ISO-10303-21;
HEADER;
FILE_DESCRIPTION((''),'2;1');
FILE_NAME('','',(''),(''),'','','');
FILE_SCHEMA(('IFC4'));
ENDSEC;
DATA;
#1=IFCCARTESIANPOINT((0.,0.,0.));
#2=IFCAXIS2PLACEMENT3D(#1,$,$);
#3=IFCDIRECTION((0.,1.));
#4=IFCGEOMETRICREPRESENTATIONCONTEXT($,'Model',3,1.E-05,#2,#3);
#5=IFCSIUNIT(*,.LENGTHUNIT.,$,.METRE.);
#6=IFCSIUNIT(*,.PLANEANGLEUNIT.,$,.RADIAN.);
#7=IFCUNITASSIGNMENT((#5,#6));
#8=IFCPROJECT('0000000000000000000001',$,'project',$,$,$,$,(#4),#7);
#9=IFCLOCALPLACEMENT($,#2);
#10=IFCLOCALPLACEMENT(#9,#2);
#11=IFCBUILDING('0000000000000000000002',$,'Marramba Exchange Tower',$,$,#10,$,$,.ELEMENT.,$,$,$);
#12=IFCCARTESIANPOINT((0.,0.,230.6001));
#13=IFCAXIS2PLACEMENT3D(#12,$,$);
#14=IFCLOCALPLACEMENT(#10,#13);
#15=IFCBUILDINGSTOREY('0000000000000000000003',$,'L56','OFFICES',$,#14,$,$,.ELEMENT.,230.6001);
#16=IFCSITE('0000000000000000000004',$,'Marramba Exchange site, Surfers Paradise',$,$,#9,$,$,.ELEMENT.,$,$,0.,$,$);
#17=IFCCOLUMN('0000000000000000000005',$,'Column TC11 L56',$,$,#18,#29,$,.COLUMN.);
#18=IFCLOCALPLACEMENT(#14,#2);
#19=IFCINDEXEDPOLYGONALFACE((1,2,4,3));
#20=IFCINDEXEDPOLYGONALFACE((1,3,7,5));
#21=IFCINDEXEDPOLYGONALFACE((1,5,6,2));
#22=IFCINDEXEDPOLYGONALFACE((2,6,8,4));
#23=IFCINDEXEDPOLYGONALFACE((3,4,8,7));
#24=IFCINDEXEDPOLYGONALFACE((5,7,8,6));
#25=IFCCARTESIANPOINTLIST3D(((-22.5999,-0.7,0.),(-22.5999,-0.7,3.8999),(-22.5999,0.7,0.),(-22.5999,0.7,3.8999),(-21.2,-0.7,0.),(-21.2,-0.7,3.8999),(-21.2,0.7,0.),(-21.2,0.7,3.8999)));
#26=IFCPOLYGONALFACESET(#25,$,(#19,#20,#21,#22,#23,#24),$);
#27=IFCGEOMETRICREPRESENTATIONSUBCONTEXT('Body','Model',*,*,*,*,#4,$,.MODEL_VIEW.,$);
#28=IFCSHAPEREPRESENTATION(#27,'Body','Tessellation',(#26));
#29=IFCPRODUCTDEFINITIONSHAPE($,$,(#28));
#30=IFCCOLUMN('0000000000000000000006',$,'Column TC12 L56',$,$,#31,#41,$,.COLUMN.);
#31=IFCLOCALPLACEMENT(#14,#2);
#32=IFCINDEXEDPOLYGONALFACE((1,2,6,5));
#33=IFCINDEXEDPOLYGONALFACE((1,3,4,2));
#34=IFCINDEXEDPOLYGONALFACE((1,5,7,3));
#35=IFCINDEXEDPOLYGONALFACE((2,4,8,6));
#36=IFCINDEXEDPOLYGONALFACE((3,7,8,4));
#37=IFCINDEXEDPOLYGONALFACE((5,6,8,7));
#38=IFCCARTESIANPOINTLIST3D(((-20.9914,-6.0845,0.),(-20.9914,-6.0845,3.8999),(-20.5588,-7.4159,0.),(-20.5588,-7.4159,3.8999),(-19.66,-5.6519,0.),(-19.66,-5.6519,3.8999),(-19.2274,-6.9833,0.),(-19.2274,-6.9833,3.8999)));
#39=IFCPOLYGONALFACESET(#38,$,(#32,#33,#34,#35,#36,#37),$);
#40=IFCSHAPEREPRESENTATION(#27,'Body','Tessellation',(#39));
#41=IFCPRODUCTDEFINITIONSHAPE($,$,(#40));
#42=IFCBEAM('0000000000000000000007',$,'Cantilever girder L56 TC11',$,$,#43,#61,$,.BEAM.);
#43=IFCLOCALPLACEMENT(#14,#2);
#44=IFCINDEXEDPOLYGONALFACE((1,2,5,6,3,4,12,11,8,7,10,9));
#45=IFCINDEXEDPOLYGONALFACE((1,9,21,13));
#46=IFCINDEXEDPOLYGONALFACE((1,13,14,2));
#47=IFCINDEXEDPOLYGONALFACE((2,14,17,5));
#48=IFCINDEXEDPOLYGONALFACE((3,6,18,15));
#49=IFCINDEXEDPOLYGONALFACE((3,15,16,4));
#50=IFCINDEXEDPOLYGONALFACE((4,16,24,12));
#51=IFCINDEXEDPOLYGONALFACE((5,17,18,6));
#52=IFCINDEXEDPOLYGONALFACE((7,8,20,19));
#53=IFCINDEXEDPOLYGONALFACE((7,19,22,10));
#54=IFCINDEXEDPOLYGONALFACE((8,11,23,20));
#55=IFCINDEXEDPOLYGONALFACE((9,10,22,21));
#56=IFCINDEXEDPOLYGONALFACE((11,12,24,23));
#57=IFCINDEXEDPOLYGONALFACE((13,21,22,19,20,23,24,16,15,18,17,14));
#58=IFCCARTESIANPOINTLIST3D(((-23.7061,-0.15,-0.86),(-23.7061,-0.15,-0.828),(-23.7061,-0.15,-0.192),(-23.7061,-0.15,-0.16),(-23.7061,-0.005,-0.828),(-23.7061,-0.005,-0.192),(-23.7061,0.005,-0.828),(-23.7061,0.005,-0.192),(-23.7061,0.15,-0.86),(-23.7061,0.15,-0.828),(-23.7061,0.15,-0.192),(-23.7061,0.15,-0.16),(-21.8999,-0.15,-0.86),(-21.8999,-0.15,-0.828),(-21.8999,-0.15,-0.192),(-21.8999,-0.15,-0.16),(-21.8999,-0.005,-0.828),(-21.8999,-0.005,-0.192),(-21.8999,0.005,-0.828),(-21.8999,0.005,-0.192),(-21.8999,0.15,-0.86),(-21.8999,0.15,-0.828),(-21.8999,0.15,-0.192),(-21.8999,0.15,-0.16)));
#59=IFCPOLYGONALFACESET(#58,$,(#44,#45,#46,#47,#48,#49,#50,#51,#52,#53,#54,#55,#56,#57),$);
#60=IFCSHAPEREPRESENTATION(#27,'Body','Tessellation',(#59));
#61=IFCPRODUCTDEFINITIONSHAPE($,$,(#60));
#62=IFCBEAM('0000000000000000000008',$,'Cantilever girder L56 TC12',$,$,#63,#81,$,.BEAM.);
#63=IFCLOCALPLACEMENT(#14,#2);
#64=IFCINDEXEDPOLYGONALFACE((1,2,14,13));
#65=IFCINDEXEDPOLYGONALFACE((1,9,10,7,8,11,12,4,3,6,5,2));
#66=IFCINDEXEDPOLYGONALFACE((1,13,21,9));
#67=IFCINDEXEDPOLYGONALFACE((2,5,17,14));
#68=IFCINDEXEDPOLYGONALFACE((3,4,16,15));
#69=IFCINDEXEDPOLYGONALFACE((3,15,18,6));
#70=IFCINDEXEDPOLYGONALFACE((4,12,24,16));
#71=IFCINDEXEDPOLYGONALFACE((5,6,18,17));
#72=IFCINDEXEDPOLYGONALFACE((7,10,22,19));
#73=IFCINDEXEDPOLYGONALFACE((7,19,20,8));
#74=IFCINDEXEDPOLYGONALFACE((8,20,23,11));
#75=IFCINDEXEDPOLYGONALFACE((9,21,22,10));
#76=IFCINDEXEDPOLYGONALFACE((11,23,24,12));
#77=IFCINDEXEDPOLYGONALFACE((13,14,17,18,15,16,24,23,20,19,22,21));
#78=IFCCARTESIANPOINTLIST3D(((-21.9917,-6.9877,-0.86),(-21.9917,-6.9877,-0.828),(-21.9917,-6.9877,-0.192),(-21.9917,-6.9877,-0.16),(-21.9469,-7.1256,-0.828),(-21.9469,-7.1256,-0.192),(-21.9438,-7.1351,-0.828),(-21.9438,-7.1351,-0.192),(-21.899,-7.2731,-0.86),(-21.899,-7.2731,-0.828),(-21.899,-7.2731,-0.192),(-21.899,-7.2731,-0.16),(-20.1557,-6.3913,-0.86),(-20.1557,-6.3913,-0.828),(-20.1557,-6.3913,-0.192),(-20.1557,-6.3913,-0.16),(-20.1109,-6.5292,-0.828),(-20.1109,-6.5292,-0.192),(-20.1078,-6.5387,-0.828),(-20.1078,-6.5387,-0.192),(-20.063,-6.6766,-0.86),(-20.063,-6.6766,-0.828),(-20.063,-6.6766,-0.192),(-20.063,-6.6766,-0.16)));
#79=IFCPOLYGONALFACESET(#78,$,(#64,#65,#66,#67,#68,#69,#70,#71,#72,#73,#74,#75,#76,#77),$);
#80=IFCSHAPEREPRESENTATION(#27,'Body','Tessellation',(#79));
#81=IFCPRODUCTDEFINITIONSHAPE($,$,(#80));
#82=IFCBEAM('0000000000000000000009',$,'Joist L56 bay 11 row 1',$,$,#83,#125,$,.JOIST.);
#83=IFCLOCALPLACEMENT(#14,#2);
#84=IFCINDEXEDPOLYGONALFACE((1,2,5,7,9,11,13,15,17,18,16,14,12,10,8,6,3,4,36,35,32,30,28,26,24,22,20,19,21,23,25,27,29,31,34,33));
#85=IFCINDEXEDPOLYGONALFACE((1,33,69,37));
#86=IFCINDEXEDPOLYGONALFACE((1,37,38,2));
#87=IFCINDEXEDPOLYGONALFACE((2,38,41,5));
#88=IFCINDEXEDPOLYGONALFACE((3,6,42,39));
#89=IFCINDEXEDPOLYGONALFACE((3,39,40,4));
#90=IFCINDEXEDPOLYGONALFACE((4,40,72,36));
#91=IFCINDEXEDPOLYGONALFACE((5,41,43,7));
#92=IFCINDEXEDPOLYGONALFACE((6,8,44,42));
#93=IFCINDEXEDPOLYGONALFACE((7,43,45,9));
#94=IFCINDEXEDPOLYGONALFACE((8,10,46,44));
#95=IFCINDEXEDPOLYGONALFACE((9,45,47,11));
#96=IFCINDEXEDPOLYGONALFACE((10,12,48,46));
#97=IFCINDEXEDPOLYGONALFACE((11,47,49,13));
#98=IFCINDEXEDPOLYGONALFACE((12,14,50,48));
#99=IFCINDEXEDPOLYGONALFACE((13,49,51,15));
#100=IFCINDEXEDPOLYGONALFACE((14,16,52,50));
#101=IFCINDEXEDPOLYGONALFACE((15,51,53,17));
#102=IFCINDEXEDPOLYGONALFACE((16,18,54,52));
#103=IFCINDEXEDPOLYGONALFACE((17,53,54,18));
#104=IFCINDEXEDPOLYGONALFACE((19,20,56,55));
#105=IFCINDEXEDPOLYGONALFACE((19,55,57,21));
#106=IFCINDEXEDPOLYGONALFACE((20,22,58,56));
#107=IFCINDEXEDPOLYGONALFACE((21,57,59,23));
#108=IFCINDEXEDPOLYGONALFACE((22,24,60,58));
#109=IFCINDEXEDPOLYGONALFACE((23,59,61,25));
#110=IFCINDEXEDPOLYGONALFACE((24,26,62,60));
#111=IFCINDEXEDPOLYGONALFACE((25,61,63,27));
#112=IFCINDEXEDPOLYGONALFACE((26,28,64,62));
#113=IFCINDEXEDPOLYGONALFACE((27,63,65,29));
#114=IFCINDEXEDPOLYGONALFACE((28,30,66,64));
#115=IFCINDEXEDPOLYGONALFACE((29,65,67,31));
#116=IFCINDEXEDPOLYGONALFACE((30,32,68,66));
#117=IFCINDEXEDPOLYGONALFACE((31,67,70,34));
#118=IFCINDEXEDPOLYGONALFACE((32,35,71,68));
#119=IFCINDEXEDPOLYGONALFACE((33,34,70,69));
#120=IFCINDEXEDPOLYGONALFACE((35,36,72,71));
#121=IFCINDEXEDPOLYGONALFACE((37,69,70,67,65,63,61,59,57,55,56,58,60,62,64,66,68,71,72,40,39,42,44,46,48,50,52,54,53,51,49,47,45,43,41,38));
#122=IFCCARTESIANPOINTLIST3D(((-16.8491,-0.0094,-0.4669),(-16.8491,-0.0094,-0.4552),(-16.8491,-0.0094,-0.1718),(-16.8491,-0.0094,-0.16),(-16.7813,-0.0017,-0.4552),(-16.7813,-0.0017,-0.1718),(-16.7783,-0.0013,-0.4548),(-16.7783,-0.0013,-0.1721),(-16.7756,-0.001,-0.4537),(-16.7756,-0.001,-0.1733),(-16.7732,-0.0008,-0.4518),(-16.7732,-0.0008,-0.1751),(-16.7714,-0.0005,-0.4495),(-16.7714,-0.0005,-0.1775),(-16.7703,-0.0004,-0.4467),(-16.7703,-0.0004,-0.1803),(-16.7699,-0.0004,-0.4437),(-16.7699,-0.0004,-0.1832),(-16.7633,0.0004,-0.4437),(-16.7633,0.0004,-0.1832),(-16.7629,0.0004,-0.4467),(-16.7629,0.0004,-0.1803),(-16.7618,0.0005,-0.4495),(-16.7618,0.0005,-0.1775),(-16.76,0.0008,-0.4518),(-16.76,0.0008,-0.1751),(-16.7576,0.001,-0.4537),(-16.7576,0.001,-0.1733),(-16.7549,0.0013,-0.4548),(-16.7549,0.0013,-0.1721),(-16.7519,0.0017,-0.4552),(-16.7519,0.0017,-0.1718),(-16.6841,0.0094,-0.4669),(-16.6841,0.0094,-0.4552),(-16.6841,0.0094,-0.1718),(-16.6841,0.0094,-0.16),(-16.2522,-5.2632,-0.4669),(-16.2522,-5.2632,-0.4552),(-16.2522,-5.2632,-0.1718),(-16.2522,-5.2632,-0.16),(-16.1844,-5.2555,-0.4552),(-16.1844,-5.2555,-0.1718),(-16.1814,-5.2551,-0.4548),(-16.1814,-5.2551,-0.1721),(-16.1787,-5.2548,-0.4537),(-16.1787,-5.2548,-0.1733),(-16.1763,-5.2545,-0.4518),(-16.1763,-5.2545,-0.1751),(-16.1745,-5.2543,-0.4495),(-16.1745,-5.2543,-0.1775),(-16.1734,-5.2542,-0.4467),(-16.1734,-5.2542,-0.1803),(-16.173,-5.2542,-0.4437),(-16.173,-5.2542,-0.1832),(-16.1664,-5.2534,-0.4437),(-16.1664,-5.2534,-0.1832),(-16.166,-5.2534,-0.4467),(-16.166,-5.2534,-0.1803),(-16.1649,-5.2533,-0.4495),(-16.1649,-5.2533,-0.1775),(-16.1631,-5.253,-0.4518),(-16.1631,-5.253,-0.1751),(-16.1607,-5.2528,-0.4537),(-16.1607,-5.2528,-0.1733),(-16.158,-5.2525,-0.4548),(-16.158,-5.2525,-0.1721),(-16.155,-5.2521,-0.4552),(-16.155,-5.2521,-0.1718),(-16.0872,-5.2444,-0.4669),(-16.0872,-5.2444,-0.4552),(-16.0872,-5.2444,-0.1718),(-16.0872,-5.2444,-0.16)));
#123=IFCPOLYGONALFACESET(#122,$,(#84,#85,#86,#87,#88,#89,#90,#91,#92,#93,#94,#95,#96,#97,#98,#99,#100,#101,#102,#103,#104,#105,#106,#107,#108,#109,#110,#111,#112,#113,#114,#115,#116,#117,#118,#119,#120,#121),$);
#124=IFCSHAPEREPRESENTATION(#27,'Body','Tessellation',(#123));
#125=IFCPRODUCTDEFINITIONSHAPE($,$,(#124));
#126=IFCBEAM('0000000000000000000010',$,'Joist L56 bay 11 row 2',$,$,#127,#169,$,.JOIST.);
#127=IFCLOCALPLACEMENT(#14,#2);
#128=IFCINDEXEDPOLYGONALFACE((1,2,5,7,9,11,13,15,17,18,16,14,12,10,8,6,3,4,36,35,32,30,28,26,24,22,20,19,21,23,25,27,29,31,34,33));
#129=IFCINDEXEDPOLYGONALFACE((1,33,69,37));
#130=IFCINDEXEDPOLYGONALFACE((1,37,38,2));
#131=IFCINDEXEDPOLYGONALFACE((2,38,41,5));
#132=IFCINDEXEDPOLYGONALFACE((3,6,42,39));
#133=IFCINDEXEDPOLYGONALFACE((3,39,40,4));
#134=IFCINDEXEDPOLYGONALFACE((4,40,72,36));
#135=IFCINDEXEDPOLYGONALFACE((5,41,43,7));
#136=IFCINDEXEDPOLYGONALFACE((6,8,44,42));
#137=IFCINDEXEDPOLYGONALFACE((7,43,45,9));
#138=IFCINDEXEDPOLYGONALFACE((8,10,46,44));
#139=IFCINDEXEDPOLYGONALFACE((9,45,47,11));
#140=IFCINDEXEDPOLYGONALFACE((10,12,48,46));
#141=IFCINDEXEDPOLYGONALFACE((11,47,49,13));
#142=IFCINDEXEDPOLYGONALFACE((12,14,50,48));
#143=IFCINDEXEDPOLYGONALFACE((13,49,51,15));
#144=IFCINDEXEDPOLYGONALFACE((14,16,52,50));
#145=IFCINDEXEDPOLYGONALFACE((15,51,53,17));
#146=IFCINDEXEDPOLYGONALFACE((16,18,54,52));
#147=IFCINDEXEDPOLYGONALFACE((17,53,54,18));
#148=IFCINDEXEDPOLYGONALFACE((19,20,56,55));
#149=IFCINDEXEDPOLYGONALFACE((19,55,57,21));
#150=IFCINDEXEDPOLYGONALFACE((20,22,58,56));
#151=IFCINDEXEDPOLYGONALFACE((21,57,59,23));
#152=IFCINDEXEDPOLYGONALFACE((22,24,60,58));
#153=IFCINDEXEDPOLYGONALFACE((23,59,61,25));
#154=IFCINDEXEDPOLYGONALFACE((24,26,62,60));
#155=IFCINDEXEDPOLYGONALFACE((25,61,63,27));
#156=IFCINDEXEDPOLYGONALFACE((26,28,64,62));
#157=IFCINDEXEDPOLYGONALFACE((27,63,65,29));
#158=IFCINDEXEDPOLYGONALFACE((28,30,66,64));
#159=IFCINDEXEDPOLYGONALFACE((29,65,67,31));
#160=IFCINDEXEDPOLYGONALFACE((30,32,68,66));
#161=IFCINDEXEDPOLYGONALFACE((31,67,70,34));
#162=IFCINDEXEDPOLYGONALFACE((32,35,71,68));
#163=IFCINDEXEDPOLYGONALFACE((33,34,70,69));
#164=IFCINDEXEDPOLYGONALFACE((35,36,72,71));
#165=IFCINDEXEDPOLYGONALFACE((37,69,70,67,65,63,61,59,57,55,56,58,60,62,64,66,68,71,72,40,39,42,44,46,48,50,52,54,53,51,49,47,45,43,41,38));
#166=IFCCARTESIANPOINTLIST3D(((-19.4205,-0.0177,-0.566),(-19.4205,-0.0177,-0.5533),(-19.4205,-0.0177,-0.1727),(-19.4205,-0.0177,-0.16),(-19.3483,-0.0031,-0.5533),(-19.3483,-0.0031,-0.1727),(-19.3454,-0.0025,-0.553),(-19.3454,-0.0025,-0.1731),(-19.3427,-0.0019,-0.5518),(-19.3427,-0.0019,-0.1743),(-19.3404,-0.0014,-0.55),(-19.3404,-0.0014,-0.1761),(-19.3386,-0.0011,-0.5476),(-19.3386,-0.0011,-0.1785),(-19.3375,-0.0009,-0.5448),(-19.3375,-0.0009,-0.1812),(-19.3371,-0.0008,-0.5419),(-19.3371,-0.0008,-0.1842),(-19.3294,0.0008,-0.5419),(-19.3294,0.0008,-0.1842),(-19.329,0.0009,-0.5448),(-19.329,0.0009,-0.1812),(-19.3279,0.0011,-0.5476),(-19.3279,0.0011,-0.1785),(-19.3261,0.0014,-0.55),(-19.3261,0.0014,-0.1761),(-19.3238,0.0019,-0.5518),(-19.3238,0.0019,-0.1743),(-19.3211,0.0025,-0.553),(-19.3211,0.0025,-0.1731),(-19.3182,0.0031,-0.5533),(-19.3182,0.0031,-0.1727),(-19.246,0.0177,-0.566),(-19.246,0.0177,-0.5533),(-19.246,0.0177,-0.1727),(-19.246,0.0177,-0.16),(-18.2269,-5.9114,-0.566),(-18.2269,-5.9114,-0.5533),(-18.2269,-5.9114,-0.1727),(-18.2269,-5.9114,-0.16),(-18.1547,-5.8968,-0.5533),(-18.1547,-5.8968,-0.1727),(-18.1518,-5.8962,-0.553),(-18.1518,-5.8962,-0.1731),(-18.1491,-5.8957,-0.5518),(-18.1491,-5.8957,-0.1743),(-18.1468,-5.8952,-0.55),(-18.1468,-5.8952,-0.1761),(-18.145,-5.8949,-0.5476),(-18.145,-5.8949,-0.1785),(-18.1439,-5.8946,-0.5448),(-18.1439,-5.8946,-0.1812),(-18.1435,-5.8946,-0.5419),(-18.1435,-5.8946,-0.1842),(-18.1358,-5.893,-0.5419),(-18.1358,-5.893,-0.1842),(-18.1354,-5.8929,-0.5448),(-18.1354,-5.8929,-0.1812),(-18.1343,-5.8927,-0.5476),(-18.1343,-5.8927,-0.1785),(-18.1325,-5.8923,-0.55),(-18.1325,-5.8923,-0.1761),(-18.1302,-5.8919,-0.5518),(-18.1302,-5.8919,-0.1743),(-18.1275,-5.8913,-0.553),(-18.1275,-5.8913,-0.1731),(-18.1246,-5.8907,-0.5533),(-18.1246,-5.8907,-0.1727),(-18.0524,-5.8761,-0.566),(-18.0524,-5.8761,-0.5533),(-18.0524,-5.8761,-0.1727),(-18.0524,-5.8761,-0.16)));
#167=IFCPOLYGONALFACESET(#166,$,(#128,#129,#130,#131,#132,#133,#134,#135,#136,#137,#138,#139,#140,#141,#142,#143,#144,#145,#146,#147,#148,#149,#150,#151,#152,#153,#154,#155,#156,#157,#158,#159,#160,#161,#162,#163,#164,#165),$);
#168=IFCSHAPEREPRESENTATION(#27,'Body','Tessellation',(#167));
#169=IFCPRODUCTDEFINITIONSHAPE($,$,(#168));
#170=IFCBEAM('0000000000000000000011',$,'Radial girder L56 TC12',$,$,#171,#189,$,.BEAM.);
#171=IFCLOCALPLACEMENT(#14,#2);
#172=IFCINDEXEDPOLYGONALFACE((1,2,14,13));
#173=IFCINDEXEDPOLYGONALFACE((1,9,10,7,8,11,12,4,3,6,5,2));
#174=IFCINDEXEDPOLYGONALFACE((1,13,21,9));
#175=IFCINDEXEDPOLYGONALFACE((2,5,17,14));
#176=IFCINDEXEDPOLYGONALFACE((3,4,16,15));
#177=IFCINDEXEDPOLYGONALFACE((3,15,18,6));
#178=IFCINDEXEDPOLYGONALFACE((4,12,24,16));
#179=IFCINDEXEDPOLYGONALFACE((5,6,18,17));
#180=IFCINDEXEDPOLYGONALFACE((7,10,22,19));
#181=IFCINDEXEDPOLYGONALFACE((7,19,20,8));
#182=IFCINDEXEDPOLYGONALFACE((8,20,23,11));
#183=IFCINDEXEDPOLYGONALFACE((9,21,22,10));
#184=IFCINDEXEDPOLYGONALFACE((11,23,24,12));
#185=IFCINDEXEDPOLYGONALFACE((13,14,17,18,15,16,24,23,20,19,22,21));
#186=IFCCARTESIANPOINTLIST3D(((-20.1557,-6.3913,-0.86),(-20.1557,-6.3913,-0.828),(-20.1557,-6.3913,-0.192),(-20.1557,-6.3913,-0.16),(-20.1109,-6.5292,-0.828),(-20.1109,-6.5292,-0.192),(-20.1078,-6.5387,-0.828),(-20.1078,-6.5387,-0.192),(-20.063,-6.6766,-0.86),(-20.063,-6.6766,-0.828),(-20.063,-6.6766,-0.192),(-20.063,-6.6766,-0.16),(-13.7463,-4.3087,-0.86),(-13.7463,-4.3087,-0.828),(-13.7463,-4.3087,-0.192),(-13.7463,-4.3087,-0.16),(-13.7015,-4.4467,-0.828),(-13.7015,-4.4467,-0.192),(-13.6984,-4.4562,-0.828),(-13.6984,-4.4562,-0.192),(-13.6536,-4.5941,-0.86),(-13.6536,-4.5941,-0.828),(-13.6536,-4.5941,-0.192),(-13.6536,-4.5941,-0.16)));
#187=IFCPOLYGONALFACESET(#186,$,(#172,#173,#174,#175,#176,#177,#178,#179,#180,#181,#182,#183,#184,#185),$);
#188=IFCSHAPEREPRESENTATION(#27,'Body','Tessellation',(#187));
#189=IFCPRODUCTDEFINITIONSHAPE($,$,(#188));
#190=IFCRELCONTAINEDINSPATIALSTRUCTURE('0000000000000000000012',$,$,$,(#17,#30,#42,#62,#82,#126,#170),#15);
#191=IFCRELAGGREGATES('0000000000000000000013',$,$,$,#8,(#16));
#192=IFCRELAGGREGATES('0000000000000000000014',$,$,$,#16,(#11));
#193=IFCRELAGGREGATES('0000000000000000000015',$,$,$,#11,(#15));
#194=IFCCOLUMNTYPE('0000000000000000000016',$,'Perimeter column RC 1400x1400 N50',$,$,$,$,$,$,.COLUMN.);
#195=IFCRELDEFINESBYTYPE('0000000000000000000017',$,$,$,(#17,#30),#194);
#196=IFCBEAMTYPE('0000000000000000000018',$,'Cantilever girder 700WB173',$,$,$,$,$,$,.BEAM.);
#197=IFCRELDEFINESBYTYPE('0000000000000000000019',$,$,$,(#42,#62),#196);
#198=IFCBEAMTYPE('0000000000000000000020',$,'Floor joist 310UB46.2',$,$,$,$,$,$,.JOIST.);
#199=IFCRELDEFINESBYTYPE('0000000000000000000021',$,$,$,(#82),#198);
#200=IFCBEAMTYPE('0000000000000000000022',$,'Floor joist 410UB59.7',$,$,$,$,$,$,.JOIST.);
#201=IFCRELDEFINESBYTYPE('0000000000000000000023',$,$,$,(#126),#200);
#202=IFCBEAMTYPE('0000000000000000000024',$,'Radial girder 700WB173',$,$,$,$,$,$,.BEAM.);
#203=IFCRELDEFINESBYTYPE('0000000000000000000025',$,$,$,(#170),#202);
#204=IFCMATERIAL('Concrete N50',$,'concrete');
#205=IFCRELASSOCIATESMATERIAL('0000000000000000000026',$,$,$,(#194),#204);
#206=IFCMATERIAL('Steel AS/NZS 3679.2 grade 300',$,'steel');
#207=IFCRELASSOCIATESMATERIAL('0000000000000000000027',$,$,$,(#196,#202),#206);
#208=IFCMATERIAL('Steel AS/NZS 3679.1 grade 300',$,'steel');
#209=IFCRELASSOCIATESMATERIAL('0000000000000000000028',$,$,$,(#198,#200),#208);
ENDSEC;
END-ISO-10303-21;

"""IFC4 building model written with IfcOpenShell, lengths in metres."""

from ifc_helpers import new_model, si_unit, direction, frame, origin, origin_2d, place, context, subcontext, project, spatial, rectangle, i_section, extrude, material, material_profile, profile_set, type_object, element, save


model = new_model("IFC4")

# Units and contexts
model_context = context("Model", 3, precision=1e-05, world=origin(), true_north=direction((0.0, 1.0)))
body_context = subcontext(model_context, "Body", "Model", "MODEL_VIEW")
ifc_project = project(units=[si_unit("LENGTHUNIT", "METRE"), si_unit("PLANEANGLEUNIT", "RADIAN")], contexts=[model_context])

# Site, building, storey
site_placement = place(None, origin())
site = spatial("IfcSite", under=ifc_project, at=site_placement, Name="Marramba Exchange site, Surfers Paradise", CompositionType="ELEMENT", RefElevation=0.0)
building_placement = place(site_placement, origin())
building = spatial("IfcBuilding", under=site, at=building_placement, Name="Marramba Exchange Tower", CompositionType="ELEMENT")
storey_placement = place(building_placement, frame((0.0, 0.0, 230.6001)))
storey = spatial("IfcBuildingStorey", under=building, at=storey_placement, Name="L56", Description="OFFICES", CompositionType="ELEMENT", Elevation=230.6001)

# Columns
ifc_material_1 = material(Name="Concrete N50", Category="concrete")
ifc_material_profile_1 = material_profile(ifc_material_1, rectangle(XDim=1.3999, YDim=1.3999, at=origin_2d()), Name="RC 1400x1400")
ifc_profile_set_1 = profile_set([ifc_material_profile_1], Name="Concrete N50")
column_type = type_object("IfcColumnType", Name="Perimeter column RC 1400x1400 N50", PredefinedType="COLUMN", material=ifc_profile_set_1)
for number, where, z_axis, x_axis, name in (
    (1, (-21.8999, 0.0, 0.0), (0.0, 0.0, 1.0), (-1.0, 0.0, 0.0), "Column TC11 L56"),
    (2, (-20.1094, -6.5339, 0.0), (0.0, 0.0, 1.0), (-0.951057, -0.309017, 0.0), "Column TC12 L56"),
):
    element("IfcColumn", number, at=place(storey_placement, frame(where, z_axis=z_axis, x_axis=x_axis)), inside=storey, type_object=column_type, Name=name, PredefinedType="COLUMN", context=body_context, shape_type="SweptSolid", body=[
        extrude(rectangle(XDim=1.3999, YDim=1.3999, at=origin_2d()), origin(), (0.0, 0.0, 1.0), 3.8999),
    ])

# Beams
ifc_material_2 = material(Name="Steel AS/NZS 3679.2 grade 300", Category="steel")
ifc_material_profile_2 = material_profile(ifc_material_2, i_section(OverallWidth=0.3, OverallDepth=0.7, WebThickness=0.01, FlangeThickness=0.032, at=origin_2d()), Name="700WB173")
ifc_profile_set_2 = profile_set([ifc_material_profile_2], Name="Steel AS/NZS 3679.2 grade 300")
beam_type_1 = type_object("IfcBeamType", Name="Cantilever girder 700WB173", PredefinedType="BEAM", material=ifc_profile_set_2)
beam_1_placement = place(storey_placement, frame((-21.8999, 0.0, -0.51), z_axis=(-1.0, 0.0, 0.0), x_axis=(0.0, -1.0, 0.0)))
element("IfcBeam", 3, at=beam_1_placement, inside=storey, type_object=beam_type_1, Name="Cantilever girder L56 TC11", PredefinedType="BEAM", context=body_context, shape_type="SweptSolid", body=[
    extrude(i_section(OverallWidth=0.3, OverallDepth=0.7, WebThickness=0.01, FlangeThickness=0.032, at=origin_2d()), origin(), (0.0, 0.0, 1.0), 1.8062),
])
beam_2_placement = place(storey_placement, frame((-20.1094, -6.5339, -0.51), z_axis=(-0.951071, -0.308972, 0.0), x_axis=(0.308972, -0.951071, 0.0)))
element("IfcBeam", 4, at=beam_2_placement, inside=storey, type_object=beam_type_1, Name="Cantilever girder L56 TC12", PredefinedType="BEAM", context=body_context, shape_type="SweptSolid", body=[
    extrude(i_section(OverallWidth=0.3, OverallDepth=0.7, WebThickness=0.01, FlangeThickness=0.032, at=origin_2d()), origin(), (0.0, 0.0, 1.0), 1.9304),
])
ifc_material_3 = material(Name="Steel AS/NZS 3679.1 grade 300", Category="steel")
ifc_material_profile_3 = material_profile(ifc_material_3, i_section(OverallWidth=0.166, OverallDepth=0.3069, WebThickness=0.0066, FlangeThickness=0.0117, FilletRadius=0.0115, at=origin_2d()), Name="310UB46.2")
ifc_profile_set_3 = profile_set([ifc_material_profile_3], Name="Steel AS/NZS 3679.1 grade 300")
beam_type_2 = type_object("IfcBeamType", Name="Floor joist 310UB46.2", PredefinedType="JOIST", material=ifc_profile_set_3)
beam_3_placement = place(storey_placement, frame((-16.7666, 0.0, -0.3135), z_axis=(0.112889, -0.993608, 0.0), x_axis=(0.993608, 0.112889, 0.0)))
element("IfcBeam", 5, at=beam_3_placement, inside=storey, type_object=beam_type_2, Name="Joist L56 bay 11 row 1", PredefinedType="JOIST", context=body_context, shape_type="SweptSolid", body=[
    extrude(i_section(OverallWidth=0.166, OverallDepth=0.3069, WebThickness=0.0066, FlangeThickness=0.0117, FilletRadius=0.0115, at=origin_2d()), origin(), (0.0, 0.0, 1.0), 5.2876),
])
ifc_material_profile_4 = material_profile(ifc_material_3, i_section(OverallWidth=0.178, OverallDepth=0.406, WebThickness=0.0078, FlangeThickness=0.0127, FilletRadius=0.0115, at=origin_2d()), Name="410UB59.7")
ifc_profile_set_4 = profile_set([ifc_material_profile_4], Name="Steel AS/NZS 3679.1 grade 300")
beam_type_3 = type_object("IfcBeamType", Name="Floor joist 410UB59.7", PredefinedType="JOIST", material=ifc_profile_set_4)
beam_4_placement = place(storey_placement, frame((-19.3333, 0.0, -0.363), z_axis=(0.198489, -0.980103, 0.0), x_axis=(0.980103, 0.198489, 0.0)))
element("IfcBeam", 6, at=beam_4_placement, inside=storey, type_object=beam_type_3, Name="Joist L56 bay 11 row 2", PredefinedType="JOIST", context=body_context, shape_type="SweptSolid", body=[
    extrude(i_section(OverallWidth=0.178, OverallDepth=0.406, WebThickness=0.0078, FlangeThickness=0.0127, FilletRadius=0.0115, at=origin_2d()), origin(), (0.0, 0.0, 1.0), 6.0134),
])
ifc_material_profile_5 = material_profile(ifc_material_2, i_section(OverallWidth=0.3, OverallDepth=0.7, WebThickness=0.01, FlangeThickness=0.032, at=origin_2d()), Name="700WB173")
ifc_profile_set_5 = profile_set([ifc_material_profile_5], Name="Steel AS/NZS 3679.2 grade 300")
beam_type_4 = type_object("IfcBeamType", Name="Radial girder 700WB173", PredefinedType="BEAM", material=ifc_profile_set_5)
beam_5_placement = place(storey_placement, frame((-13.7, -4.4514, -0.51), z_axis=(-0.951058, -0.309013, 0.0), x_axis=(0.309013, -0.951058, 0.0)))
element("IfcBeam", 7, at=beam_5_placement, inside=storey, type_object=beam_type_4, Name="Radial girder L56 TC12", PredefinedType="BEAM", context=body_context, shape_type="SweptSolid", body=[
    extrude(i_section(OverallWidth=0.3, OverallDepth=0.7, WebThickness=0.01, FlangeThickness=0.032, at=origin_2d()), origin(), (0.0, 0.0, 1.0), 6.7393),
])

save(model, "model.ifc")
